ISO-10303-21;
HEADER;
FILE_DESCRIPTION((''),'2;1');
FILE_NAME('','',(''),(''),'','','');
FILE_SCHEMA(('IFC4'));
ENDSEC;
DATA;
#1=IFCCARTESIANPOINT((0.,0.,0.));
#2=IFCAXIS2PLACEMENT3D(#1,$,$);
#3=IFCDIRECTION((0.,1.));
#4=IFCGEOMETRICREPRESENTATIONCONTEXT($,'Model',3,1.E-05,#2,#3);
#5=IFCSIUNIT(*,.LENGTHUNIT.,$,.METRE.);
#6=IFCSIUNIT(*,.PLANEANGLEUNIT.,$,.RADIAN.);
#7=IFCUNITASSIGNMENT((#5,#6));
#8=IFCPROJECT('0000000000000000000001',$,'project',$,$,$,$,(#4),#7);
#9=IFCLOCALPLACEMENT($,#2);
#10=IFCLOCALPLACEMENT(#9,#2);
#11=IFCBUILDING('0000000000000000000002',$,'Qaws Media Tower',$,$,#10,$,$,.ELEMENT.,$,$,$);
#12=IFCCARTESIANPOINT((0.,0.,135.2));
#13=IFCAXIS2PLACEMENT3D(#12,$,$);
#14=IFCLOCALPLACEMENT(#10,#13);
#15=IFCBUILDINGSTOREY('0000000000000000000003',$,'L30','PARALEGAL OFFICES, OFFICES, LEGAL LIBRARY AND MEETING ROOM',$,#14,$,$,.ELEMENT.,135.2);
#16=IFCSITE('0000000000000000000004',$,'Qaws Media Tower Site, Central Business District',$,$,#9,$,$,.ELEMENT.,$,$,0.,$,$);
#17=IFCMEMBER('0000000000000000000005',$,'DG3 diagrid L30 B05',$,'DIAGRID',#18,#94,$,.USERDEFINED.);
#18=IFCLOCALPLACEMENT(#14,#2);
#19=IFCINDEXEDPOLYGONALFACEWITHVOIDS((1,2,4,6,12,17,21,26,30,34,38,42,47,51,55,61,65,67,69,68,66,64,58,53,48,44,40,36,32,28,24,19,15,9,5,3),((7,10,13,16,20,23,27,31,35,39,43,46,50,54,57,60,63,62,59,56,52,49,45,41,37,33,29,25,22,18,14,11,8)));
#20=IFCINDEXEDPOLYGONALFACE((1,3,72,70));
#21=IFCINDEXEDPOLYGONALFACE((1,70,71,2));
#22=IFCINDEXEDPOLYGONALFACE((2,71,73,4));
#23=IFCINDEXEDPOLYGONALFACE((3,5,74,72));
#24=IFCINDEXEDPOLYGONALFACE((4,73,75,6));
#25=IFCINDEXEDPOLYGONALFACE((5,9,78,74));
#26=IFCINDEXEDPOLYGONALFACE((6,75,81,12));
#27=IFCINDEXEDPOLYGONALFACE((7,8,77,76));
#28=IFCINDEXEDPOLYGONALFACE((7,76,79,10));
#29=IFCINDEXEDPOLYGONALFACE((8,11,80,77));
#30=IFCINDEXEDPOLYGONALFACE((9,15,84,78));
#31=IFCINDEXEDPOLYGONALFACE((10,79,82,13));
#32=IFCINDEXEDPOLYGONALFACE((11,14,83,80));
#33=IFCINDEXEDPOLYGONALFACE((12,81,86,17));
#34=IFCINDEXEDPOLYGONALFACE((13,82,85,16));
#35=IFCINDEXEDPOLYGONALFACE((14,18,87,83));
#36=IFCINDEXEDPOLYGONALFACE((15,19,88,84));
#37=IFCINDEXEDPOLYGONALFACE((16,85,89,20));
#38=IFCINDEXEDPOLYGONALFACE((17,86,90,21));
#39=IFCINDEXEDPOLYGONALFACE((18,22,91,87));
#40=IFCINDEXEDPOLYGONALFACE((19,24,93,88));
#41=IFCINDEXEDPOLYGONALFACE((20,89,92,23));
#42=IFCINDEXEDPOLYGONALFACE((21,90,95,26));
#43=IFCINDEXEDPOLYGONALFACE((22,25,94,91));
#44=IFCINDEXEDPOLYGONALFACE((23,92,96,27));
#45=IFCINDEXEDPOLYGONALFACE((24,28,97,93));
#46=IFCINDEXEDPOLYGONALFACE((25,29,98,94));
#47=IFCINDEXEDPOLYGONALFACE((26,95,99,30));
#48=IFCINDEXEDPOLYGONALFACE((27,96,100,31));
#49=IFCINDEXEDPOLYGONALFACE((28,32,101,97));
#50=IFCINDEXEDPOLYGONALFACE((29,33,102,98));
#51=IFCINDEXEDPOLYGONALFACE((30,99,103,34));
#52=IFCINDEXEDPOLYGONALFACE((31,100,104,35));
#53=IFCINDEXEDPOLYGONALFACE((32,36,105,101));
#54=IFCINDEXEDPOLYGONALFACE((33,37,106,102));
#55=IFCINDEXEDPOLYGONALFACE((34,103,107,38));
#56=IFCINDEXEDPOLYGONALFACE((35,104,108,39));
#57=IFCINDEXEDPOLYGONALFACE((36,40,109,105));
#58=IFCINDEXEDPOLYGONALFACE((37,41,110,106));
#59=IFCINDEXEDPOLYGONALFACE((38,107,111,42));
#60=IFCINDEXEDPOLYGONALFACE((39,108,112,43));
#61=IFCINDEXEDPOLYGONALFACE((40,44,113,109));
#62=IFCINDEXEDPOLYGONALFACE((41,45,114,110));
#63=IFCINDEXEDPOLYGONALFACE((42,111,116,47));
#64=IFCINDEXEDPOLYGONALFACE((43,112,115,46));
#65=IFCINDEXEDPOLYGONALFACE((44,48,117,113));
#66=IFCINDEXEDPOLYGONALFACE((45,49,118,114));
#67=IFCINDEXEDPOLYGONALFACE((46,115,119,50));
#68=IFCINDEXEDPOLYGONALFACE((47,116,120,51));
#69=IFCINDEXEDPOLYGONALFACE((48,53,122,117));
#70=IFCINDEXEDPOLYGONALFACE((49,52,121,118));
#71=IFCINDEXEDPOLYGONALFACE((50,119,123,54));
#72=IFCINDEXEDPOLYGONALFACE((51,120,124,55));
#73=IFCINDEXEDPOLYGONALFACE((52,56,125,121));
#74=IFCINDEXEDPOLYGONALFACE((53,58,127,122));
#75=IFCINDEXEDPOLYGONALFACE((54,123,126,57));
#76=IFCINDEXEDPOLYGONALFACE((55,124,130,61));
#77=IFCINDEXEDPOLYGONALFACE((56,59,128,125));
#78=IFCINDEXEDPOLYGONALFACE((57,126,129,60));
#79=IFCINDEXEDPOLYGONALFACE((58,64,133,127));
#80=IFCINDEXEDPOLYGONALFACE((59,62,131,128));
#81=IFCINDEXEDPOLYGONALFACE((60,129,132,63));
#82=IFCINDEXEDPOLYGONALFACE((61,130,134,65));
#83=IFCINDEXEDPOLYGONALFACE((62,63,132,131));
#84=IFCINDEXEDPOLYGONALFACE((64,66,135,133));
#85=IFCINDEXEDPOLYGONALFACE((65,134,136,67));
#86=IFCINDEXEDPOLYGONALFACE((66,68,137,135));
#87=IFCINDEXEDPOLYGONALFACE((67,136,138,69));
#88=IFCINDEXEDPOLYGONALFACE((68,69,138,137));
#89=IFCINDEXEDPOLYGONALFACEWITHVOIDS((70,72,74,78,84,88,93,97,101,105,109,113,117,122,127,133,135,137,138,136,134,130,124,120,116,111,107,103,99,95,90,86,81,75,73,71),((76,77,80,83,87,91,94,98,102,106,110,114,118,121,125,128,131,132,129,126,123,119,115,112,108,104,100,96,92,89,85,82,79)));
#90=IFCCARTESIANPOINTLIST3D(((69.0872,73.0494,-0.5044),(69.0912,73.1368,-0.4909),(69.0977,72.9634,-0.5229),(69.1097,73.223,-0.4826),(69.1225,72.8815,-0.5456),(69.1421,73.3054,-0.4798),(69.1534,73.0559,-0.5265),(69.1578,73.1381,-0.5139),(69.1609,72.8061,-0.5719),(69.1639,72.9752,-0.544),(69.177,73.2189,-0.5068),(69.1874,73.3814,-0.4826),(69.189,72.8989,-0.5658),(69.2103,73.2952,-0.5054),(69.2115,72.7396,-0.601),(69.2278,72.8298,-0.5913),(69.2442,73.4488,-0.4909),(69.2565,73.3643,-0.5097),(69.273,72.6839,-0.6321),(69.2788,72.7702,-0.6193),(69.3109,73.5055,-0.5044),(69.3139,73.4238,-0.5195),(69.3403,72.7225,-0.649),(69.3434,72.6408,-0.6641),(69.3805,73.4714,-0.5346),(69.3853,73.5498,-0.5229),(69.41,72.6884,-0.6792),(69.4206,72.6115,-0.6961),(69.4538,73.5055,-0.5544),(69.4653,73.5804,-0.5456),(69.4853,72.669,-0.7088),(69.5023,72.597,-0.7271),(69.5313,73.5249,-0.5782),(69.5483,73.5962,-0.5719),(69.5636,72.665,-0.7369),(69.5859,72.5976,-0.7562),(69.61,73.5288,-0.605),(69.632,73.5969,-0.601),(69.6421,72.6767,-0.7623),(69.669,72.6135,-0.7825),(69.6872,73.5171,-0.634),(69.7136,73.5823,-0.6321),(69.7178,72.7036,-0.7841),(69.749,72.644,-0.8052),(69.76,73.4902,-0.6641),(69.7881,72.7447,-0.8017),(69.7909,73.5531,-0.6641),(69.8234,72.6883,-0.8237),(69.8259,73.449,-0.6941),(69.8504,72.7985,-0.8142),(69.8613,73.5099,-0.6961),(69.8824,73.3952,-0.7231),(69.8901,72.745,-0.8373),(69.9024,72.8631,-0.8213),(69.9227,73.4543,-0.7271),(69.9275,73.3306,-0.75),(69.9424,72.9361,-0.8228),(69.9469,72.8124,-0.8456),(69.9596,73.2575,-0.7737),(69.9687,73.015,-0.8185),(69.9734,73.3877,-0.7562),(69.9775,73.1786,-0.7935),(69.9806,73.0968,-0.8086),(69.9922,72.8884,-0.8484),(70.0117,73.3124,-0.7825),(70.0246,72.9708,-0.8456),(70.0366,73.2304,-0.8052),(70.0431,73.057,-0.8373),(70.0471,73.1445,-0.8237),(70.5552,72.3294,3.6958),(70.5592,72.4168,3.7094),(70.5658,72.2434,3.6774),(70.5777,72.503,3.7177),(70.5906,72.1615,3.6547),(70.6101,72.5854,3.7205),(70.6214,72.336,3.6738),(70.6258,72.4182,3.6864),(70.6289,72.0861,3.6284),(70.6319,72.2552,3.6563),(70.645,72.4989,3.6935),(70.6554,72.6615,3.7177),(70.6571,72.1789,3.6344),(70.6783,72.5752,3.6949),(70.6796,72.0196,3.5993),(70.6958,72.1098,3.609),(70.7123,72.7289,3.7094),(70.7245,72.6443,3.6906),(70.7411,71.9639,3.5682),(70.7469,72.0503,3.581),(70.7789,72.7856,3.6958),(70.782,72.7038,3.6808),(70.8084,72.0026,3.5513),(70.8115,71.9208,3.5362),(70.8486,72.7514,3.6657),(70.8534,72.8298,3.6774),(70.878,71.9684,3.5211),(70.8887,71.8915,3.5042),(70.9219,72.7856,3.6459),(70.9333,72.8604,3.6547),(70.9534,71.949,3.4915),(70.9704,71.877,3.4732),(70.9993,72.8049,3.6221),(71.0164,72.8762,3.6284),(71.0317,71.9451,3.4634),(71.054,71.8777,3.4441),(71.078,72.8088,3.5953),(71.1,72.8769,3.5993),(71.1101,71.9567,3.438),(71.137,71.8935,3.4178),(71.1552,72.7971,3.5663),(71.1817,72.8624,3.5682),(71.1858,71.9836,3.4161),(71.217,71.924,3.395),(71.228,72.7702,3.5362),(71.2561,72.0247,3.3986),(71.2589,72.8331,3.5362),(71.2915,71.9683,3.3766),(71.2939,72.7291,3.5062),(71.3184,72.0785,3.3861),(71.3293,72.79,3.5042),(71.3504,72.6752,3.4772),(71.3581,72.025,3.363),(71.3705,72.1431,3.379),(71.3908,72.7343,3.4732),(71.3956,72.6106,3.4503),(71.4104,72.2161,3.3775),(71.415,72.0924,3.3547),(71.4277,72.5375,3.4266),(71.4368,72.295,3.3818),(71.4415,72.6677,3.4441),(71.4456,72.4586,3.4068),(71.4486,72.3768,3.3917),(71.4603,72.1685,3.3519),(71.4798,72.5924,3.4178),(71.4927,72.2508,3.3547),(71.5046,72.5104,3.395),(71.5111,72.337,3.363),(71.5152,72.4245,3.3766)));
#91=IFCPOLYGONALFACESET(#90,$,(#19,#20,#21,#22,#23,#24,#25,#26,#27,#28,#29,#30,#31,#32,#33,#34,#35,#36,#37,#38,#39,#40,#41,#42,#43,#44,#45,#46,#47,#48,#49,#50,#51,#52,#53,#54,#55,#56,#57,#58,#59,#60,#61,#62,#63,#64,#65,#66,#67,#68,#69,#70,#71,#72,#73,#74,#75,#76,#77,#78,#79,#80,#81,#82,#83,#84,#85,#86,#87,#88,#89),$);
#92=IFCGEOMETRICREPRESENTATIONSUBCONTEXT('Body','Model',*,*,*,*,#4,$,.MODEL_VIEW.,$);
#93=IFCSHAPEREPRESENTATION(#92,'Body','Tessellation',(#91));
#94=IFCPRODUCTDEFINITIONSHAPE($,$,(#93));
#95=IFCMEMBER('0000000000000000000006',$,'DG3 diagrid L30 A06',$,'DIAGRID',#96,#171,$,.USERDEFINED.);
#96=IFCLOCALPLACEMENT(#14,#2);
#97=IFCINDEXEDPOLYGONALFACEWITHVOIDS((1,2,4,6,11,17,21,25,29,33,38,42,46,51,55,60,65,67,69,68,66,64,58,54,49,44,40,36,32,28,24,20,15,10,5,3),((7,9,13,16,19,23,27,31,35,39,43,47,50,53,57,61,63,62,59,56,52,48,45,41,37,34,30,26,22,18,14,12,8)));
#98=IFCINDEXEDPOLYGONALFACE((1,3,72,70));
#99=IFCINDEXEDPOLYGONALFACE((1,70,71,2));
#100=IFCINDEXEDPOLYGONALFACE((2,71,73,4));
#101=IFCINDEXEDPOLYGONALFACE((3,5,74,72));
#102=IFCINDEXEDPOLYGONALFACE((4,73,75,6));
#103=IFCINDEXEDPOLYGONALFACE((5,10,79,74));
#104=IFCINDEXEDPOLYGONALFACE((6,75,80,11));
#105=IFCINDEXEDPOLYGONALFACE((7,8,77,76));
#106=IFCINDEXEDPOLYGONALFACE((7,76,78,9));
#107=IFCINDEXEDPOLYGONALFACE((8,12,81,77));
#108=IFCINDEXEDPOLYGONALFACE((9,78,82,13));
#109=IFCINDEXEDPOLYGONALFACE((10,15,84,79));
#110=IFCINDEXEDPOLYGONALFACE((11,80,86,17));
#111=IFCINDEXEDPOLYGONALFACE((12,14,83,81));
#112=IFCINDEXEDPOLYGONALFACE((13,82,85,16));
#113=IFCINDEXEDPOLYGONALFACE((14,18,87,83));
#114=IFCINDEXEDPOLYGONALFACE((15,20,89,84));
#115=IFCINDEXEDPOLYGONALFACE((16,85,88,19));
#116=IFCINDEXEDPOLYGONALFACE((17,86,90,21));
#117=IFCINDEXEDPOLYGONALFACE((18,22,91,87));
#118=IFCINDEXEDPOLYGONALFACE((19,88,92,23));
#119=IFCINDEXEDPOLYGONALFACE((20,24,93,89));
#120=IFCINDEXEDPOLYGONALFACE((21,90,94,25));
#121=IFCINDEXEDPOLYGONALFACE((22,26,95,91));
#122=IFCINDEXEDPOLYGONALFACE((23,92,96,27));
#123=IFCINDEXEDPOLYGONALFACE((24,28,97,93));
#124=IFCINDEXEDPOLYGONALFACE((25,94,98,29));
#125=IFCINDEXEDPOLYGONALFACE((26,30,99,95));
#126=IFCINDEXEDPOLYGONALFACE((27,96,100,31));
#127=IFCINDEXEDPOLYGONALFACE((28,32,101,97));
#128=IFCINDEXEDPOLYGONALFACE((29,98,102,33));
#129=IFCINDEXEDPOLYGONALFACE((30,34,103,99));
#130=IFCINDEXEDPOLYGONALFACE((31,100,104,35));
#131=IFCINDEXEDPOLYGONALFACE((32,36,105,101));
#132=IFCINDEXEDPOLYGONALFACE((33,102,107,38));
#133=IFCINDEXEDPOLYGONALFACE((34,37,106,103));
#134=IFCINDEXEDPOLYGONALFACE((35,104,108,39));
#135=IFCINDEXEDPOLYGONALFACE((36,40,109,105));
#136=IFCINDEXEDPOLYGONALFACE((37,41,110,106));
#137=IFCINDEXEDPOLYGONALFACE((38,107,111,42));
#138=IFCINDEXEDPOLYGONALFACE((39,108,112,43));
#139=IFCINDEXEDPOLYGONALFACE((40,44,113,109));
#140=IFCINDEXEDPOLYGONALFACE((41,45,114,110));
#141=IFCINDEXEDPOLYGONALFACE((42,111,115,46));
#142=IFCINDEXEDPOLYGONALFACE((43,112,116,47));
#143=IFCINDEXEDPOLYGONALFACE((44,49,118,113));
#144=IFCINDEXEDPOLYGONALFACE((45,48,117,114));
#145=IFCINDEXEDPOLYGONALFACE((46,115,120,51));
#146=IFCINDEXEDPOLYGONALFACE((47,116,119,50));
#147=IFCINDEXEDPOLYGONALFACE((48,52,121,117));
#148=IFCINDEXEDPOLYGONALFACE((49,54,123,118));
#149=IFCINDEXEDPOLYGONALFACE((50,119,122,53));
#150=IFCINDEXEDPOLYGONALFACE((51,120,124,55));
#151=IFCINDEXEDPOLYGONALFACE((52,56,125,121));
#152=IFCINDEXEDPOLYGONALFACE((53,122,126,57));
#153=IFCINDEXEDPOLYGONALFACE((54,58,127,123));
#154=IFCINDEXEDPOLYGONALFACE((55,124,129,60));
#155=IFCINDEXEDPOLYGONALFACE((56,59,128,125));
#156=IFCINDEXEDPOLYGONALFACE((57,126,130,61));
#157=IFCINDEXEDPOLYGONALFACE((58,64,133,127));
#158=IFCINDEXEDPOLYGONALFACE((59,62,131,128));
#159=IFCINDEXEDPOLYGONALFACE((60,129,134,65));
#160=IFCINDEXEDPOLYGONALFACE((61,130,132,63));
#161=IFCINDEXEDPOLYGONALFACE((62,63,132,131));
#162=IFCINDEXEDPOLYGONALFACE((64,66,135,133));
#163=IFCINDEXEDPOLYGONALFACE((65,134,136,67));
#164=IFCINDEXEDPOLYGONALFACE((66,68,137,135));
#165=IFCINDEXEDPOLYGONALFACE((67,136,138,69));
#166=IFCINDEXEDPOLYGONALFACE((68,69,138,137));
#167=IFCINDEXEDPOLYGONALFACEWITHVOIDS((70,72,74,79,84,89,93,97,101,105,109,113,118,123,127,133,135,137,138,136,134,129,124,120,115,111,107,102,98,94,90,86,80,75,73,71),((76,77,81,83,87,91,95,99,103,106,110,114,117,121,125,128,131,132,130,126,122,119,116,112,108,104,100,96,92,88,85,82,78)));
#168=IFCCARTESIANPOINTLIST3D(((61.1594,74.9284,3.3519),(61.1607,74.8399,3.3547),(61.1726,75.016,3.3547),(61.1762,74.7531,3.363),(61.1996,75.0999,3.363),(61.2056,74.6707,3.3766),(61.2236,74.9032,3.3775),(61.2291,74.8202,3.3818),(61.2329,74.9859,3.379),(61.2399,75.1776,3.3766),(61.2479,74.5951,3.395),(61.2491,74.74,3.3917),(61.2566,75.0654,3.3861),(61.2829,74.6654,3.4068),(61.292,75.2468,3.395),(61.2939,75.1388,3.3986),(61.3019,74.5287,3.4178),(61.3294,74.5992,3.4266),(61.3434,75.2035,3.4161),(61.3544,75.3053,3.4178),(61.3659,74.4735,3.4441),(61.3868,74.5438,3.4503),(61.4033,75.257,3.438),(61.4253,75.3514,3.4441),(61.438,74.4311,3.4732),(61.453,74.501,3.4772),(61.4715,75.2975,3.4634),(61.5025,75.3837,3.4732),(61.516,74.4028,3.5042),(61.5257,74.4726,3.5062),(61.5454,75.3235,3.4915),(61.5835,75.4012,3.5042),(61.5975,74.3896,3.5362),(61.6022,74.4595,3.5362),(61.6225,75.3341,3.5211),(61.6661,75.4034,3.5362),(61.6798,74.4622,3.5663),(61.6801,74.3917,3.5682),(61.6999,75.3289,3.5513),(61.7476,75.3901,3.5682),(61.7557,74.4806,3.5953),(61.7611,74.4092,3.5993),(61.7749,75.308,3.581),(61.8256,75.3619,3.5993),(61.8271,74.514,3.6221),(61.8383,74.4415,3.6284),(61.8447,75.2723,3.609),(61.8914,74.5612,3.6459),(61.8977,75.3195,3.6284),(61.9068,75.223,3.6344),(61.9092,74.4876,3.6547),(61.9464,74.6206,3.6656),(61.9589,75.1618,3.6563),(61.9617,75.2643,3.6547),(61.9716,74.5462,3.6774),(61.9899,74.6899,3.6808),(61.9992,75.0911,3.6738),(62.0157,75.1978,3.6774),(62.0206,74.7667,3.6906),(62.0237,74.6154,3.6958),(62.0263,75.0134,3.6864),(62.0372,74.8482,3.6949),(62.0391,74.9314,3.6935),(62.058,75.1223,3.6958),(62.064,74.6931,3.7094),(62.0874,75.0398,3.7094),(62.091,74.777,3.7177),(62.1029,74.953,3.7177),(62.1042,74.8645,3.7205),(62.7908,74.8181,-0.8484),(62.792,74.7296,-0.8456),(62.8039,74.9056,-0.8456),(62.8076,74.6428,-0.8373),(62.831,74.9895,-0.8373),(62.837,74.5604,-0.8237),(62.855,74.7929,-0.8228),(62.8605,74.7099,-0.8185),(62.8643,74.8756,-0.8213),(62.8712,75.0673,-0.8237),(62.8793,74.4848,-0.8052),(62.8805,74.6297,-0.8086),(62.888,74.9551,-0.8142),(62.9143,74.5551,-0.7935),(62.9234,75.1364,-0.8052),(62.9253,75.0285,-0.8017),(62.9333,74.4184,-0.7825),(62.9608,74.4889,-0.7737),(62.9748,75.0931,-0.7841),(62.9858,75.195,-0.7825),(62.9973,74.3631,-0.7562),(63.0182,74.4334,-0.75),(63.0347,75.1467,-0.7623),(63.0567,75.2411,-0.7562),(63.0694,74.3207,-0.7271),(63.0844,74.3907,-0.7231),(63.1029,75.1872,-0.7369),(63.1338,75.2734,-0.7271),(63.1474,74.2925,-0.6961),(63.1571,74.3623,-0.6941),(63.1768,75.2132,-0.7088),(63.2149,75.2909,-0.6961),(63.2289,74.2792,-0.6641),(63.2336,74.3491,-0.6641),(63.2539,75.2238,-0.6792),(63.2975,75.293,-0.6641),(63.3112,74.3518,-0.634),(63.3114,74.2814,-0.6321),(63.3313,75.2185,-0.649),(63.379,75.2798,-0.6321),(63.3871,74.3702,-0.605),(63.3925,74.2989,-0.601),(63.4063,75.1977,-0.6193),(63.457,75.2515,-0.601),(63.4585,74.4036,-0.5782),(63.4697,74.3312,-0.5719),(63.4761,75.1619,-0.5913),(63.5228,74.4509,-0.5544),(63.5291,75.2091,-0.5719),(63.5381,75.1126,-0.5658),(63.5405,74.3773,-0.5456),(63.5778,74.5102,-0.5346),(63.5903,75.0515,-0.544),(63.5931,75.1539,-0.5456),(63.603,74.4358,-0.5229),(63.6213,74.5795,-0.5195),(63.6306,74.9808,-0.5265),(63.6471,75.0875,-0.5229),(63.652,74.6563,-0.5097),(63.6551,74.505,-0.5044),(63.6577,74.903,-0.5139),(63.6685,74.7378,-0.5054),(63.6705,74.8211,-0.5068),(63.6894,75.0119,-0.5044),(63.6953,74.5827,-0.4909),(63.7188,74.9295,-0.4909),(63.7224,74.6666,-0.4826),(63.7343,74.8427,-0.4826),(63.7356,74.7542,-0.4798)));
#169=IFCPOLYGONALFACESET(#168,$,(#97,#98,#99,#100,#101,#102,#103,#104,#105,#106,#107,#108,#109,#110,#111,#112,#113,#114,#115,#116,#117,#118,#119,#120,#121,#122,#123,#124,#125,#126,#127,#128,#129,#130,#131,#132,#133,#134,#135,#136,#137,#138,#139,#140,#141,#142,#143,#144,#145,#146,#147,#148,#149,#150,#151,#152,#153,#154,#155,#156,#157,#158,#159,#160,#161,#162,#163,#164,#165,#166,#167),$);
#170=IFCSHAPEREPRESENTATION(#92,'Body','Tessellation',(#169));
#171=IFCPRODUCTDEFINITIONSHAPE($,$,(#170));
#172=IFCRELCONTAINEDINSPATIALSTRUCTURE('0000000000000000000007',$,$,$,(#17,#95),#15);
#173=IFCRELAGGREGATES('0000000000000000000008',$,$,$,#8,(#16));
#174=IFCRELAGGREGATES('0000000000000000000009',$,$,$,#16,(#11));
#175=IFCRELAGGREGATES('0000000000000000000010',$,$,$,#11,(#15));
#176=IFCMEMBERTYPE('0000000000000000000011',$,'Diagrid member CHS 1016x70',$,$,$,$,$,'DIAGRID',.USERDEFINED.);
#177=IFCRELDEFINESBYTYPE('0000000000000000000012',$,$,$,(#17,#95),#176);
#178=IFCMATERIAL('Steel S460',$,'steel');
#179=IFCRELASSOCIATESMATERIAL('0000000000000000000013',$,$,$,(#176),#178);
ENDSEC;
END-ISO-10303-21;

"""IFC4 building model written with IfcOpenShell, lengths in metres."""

from ifc_helpers import new_model, si_unit, direction, frame, origin, origin_2d, place, context, subcontext, project, spatial, hollow_circle, extrude, material, material_profile, profile_set, type_object, element, save


model = new_model("IFC4")

# Units and contexts
model_context = context("Model", 3, precision=1e-05, world=origin(), true_north=direction((0.0, 1.0)))
body_context = subcontext(model_context, "Body", "Model", "MODEL_VIEW")
ifc_project = project(units=[si_unit("LENGTHUNIT", "METRE"), si_unit("PLANEANGLEUNIT", "RADIAN")], contexts=[model_context])

# Site, building, storey
site_placement = place(None, origin())
site = spatial("IfcSite", under=ifc_project, at=site_placement, Name="Qaws Media Tower Site, Central Business District", CompositionType="ELEMENT", RefElevation=0.0)
building_placement = place(site_placement, origin())
building = spatial("IfcBuilding", under=site, at=building_placement, Name="Qaws Media Tower", CompositionType="ELEMENT")
storey_placement = place(building_placement, frame((0.0, 0.0, 135.2)))
storey = spatial("IfcBuildingStorey", under=building, at=storey_placement, Name="L30", Description="PARALEGAL OFFICES, OFFICES, LEGAL LIBRARY AND MEETING ROOM", CompositionType="ELEMENT", Elevation=135.2)

# Members
ifc_material_1 = material(Name="Steel S460", Category="steel")
ifc_material_profile_1 = material_profile(ifc_material_1, hollow_circle(Radius=0.5081, WallThickness=0.0701, at=origin_2d()), Name="CHS 1016x70")
ifc_profile_set_1 = profile_set([ifc_material_profile_1], Name="Steel S460")
member_type_1 = type_object("IfcMemberType", Name="Diagrid member CHS 1016x70", ElementType="DIAGRID", PredefinedType="USERDEFINED", material=ifc_profile_set_1)
for number, where, z_axis, x_axis, name in (
    (1, (69.5671, 73.0969, -0.6641), (0.325703, -0.159737, 0.931881), (0.440332, 0.897835, 0.0), "DG3 diagrid L30 B05"),
    (2, (63.2632, 74.7861, -0.6641), (-0.36194, 0.024483, 0.93188), (-0.06749, -0.99772, 0.0), "DG3 diagrid L30 A06"),
):
    element("IfcMember", number, at=place(storey_placement, frame(where, z_axis=z_axis, x_axis=x_axis)), inside=storey, type_object=member_type_1, Name=name, ObjectType="DIAGRID", PredefinedType="USERDEFINED", context=body_context, shape_type="SweptSolid", body=[
        extrude(hollow_circle(Radius=0.5081, WallThickness=0.0701, at=origin_2d()), origin(), (0.0, 0.0, 1.0), 4.5073),
    ])

save(model, "model.ifc")
